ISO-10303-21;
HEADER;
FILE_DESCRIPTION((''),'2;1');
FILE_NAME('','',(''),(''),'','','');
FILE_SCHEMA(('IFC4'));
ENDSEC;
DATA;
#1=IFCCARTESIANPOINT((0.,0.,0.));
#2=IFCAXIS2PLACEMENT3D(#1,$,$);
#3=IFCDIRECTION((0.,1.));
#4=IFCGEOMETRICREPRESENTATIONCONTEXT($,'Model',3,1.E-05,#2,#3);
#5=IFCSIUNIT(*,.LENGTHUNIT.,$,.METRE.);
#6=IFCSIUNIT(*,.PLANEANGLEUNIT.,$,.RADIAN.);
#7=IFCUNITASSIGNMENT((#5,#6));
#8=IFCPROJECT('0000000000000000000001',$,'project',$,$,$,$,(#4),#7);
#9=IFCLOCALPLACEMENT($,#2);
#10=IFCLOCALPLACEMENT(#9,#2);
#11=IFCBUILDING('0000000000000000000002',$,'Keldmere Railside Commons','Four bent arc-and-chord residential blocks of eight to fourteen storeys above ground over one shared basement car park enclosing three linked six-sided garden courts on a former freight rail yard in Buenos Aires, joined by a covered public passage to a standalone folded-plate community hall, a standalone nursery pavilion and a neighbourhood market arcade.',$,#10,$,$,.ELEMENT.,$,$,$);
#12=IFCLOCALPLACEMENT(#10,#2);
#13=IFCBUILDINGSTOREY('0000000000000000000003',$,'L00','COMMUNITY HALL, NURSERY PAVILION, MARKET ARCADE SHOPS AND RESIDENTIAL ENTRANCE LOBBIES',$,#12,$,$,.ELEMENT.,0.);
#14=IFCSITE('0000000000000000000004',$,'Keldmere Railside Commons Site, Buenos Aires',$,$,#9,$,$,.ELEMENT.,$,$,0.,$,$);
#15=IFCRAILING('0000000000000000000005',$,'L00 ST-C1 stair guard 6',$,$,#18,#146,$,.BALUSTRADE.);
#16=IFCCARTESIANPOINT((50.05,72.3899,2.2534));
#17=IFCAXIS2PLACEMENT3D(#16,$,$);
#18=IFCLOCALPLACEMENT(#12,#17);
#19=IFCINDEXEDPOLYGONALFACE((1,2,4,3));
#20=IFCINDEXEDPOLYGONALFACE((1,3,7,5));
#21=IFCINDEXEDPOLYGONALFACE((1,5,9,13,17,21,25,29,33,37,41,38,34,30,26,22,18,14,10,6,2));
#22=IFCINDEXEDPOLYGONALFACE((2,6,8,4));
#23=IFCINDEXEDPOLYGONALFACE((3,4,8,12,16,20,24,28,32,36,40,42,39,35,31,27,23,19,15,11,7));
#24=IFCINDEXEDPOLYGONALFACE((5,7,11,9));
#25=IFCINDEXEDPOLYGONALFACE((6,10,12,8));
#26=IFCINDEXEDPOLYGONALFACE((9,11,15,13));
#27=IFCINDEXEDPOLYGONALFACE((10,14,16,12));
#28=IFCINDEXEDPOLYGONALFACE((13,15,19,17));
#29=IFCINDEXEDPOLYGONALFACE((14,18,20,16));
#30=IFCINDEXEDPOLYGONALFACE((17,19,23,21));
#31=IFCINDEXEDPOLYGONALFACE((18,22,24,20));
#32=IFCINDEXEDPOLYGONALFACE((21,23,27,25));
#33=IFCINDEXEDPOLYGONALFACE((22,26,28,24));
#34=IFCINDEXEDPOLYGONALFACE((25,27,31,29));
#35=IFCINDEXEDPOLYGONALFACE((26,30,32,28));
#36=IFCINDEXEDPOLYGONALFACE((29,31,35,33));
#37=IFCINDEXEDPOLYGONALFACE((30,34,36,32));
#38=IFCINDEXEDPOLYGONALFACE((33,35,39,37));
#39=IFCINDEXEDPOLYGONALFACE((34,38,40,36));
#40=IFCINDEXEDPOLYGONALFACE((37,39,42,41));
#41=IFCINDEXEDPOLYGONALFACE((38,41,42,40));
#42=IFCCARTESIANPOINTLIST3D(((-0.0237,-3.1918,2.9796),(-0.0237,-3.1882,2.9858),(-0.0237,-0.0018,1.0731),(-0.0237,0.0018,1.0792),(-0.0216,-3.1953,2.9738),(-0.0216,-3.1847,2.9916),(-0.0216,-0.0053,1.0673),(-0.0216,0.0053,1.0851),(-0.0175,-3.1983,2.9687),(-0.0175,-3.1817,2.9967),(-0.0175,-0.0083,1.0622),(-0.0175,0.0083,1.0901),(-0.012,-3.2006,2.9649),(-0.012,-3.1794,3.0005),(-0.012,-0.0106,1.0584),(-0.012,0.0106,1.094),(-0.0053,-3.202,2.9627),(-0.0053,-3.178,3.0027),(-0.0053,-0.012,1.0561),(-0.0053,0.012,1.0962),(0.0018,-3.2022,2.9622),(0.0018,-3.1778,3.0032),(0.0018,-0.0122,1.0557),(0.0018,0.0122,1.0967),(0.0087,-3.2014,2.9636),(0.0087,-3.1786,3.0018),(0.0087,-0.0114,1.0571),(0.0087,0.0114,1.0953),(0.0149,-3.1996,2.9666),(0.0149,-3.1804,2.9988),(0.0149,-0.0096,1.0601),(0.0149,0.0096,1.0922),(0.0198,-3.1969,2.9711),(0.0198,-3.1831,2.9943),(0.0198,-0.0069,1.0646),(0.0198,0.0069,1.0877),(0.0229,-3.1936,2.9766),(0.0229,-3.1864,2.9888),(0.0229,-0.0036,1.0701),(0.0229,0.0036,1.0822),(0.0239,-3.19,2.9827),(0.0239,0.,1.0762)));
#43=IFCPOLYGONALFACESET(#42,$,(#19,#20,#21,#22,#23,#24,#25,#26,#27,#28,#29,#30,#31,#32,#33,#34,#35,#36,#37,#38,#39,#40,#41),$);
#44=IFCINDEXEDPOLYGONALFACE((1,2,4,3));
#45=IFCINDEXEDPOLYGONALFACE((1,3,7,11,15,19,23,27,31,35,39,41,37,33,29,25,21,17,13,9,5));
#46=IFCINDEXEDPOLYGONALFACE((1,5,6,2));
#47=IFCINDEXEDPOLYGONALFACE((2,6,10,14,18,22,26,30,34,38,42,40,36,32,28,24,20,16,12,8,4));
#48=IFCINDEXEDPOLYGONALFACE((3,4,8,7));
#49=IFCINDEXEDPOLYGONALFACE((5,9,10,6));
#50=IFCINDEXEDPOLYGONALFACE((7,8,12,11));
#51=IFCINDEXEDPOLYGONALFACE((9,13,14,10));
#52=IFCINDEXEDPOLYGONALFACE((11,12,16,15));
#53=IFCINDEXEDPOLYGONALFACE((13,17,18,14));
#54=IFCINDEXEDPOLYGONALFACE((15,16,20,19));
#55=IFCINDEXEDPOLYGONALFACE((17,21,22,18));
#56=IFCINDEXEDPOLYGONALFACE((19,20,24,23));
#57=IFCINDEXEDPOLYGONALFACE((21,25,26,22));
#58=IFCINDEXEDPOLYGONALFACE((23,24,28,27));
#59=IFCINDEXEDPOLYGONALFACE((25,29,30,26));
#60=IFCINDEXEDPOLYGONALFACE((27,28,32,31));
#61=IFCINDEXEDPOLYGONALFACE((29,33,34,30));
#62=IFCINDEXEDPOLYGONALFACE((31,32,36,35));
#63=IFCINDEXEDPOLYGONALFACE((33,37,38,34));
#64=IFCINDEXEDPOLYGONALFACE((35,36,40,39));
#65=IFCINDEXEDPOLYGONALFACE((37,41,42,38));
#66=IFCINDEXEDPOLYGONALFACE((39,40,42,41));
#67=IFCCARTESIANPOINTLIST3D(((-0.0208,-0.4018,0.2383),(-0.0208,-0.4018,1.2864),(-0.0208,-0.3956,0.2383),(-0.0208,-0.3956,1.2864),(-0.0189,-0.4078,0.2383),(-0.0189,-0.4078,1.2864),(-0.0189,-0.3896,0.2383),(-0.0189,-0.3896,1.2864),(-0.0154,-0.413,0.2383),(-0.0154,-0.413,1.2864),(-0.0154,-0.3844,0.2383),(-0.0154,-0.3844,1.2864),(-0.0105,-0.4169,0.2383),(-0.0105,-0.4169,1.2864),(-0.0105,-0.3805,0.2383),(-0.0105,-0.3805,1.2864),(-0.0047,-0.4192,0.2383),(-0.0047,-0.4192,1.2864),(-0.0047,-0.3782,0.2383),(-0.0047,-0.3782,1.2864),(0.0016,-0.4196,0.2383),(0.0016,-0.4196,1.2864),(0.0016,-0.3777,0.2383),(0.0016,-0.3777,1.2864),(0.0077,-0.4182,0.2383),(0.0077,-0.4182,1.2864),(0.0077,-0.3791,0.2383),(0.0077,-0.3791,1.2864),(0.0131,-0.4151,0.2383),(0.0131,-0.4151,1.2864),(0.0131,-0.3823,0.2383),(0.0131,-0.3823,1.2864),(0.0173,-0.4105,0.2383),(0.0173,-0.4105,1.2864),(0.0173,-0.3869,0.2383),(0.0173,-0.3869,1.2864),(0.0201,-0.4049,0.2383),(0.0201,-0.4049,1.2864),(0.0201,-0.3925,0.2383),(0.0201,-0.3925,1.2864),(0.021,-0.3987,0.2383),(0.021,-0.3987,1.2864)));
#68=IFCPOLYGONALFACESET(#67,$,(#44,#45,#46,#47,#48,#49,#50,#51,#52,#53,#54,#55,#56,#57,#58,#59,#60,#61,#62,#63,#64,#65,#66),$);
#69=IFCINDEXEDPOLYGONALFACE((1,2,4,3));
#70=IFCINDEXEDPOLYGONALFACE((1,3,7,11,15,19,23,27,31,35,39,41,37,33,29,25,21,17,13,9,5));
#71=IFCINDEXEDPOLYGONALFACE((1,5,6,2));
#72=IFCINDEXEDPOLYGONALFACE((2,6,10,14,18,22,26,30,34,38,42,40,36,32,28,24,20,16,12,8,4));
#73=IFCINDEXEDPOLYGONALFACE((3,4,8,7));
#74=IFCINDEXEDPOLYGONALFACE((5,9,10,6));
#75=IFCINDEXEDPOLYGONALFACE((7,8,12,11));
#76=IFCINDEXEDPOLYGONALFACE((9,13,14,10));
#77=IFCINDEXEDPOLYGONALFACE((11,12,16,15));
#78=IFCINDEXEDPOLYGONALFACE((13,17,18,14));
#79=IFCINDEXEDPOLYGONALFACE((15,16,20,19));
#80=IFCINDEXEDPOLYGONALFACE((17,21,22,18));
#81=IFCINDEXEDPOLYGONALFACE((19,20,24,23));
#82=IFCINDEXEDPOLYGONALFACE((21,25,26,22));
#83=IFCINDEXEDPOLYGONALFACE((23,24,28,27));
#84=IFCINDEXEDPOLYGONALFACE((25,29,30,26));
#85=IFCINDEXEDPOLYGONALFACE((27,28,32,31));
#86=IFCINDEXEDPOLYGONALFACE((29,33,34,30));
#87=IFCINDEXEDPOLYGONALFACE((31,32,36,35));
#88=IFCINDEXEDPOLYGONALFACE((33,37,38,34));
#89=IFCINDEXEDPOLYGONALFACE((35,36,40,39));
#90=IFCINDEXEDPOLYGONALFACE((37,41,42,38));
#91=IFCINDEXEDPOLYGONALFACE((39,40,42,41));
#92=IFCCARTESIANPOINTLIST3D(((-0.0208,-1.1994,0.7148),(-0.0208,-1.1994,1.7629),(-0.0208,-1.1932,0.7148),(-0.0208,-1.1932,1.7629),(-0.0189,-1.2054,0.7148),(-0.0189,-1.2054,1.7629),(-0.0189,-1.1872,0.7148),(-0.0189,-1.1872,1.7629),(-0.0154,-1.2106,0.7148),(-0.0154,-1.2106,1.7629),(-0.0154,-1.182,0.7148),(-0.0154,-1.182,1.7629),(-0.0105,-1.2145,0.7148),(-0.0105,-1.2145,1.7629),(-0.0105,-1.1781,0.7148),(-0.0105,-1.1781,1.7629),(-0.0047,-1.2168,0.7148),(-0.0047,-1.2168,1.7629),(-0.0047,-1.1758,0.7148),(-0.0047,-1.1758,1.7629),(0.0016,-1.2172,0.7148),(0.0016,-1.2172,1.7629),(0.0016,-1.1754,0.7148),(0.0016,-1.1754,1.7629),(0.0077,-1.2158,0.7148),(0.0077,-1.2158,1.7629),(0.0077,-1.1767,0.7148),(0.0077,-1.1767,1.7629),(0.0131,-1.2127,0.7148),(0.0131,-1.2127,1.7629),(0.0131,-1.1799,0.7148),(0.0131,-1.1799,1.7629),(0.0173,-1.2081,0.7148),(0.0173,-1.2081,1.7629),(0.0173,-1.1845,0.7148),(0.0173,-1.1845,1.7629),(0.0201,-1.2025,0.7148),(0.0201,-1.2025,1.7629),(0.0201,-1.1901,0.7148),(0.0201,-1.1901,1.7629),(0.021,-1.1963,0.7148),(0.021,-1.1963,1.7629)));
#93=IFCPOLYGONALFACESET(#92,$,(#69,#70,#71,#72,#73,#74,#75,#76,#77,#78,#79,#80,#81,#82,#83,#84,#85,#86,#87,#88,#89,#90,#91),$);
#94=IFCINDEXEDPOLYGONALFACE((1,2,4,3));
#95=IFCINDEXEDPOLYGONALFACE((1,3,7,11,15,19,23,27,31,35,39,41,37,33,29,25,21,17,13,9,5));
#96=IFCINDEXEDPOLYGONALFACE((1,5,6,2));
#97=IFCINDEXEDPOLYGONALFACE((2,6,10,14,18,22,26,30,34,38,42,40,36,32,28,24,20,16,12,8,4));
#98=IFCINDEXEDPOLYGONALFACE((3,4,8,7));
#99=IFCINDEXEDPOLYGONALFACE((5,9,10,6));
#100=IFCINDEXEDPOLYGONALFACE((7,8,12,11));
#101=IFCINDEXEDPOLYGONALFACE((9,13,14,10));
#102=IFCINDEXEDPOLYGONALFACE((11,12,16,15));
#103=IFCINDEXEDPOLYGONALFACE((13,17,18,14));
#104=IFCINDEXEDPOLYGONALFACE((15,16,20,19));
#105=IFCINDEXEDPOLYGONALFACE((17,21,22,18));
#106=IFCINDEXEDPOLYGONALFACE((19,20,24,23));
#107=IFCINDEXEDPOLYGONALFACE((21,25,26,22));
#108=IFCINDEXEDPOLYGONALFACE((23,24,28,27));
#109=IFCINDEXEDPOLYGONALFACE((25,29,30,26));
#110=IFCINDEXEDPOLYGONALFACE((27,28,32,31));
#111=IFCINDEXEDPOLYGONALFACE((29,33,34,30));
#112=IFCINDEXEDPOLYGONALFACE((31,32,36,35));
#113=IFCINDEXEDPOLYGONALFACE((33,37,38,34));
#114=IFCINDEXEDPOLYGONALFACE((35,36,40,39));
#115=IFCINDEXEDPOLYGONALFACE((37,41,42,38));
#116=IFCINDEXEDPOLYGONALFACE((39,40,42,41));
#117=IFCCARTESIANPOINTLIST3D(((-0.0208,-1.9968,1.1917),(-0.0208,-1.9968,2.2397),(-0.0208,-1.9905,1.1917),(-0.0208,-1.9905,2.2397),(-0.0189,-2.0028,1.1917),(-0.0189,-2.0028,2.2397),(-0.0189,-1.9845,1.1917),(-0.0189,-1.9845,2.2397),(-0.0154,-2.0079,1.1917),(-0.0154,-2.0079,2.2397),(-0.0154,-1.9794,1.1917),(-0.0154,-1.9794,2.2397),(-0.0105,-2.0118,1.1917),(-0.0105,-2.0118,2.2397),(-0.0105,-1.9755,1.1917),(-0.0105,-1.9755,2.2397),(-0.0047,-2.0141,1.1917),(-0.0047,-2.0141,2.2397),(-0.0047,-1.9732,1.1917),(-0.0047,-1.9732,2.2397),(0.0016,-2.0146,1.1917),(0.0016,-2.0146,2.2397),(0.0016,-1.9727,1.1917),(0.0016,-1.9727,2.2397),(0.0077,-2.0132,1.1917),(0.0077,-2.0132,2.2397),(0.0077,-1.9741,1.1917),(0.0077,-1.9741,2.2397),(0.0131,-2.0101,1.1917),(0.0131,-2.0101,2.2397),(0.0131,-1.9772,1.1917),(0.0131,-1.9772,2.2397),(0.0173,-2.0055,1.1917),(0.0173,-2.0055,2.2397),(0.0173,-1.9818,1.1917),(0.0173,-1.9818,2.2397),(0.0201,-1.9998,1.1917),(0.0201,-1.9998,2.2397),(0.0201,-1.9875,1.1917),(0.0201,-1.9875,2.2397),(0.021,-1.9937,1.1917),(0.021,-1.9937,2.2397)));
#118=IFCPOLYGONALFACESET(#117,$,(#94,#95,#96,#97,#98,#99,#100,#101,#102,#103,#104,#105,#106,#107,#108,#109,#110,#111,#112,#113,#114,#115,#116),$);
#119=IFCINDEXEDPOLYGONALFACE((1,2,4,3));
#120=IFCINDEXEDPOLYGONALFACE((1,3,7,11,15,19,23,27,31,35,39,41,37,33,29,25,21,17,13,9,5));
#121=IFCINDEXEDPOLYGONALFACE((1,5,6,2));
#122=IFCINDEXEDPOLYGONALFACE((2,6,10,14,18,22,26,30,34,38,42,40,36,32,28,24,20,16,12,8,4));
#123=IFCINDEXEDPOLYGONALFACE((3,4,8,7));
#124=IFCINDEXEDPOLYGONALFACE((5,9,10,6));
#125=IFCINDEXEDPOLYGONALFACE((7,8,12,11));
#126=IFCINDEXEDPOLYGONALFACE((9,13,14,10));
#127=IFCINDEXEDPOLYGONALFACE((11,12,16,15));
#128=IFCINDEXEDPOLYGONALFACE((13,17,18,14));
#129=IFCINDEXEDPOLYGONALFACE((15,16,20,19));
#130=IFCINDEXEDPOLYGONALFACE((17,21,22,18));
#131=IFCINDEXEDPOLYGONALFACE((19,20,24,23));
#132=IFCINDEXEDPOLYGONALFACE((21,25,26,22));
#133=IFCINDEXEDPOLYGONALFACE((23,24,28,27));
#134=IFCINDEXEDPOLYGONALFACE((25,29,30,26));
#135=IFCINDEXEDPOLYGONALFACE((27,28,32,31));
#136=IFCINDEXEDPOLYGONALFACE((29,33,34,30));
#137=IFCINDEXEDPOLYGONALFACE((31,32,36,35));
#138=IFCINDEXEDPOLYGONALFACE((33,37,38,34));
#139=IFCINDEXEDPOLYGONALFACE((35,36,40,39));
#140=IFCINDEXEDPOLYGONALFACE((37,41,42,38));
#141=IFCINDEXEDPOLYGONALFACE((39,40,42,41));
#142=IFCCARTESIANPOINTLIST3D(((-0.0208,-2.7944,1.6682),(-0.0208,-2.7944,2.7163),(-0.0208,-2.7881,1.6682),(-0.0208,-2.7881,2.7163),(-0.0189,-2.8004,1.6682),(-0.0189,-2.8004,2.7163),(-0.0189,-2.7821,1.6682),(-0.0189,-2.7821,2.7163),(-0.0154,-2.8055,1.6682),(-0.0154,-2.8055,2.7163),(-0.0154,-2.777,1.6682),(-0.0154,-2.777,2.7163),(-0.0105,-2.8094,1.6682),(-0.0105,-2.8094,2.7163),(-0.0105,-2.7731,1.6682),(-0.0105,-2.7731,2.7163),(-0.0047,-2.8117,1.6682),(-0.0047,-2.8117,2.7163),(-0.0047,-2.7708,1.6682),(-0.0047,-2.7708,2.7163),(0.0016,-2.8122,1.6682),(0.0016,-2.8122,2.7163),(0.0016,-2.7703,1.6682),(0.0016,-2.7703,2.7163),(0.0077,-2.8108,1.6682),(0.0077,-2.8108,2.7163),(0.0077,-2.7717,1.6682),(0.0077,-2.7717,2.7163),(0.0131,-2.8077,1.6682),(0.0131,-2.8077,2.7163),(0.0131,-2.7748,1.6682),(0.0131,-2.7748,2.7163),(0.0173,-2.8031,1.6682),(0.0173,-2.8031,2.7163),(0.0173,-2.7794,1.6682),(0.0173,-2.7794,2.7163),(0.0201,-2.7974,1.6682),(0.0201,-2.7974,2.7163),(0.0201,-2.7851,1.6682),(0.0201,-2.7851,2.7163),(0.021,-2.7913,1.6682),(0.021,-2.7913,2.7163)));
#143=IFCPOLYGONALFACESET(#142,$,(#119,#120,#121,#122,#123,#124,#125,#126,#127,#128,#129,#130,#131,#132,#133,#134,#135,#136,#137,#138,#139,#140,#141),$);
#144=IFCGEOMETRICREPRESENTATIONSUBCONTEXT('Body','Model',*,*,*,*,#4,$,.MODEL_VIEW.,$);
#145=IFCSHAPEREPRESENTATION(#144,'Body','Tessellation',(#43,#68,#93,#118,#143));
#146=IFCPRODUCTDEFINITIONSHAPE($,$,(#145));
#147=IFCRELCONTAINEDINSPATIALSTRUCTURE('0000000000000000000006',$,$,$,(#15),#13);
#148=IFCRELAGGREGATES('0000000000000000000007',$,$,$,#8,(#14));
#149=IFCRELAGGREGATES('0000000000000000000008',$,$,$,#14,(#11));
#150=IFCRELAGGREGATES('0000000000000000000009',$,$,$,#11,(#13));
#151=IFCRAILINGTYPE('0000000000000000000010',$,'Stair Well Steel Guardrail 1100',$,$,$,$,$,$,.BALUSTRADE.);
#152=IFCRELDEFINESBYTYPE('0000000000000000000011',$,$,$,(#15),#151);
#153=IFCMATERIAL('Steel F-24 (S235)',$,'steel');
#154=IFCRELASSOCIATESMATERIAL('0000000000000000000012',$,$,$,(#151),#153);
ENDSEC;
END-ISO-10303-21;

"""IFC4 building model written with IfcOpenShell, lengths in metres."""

from ifc_helpers import new_model, si_unit, direction, frame, origin, origin_2d, place, context, subcontext, project, spatial, circle, extrude, material, type_object, element, save


model = new_model("IFC4")

# Units and contexts
model_context = context("Model", 3, precision=1e-05, world=origin(), true_north=direction((0.0, 1.0)))
body_context = subcontext(model_context, "Body", "Model", "MODEL_VIEW")
ifc_project = project(units=[si_unit("LENGTHUNIT", "METRE"), si_unit("PLANEANGLEUNIT", "RADIAN")], contexts=[model_context])

# Site, building, storey
site_placement = place(None, origin())
site = spatial("IfcSite", under=ifc_project, at=site_placement, Name="Keldmere Railside Commons Site, Buenos Aires", CompositionType="ELEMENT", RefElevation=0.0)
building_placement = place(site_placement, origin())
building = spatial("IfcBuilding", under=site, at=building_placement, Name="Keldmere Railside Commons", Description="Four bent arc-and-chord residential blocks of eight to fourteen storeys above ground over one shared basement car park enclosing three linked six-sided garden courts on a former freight rail yard in Buenos Aires, joined by a covered public passage to a standalone folded-plate community hall, a standalone nursery pavilion and a neighbourhood market arcade.", CompositionType="ELEMENT")
storey_placement = place(building_placement, origin())
storey = spatial("IfcBuildingStorey", under=building, at=storey_placement, Name="L00", Description="COMMUNITY HALL, NURSERY PAVILION, MARKET ARCADE SHOPS AND RESIDENTIAL ENTRANCE LOBBIES", CompositionType="ELEMENT", Elevation=0.0)

# Shared definitions
ifc_material_1 = material(Name="Steel F-24 (S235)", Category="steel")

# Railing
railing_type_1 = type_object("IfcRailingType", Name="Stair Well Steel Guardrail 1100", PredefinedType="BALUSTRADE", material=ifc_material_1)
railing_1_placement = place(storey_placement, frame((50.05, 72.3899, 2.2534)))
element("IfcRailing", 1, at=railing_1_placement, inside=storey, type_object=railing_type_1, Name="L00 ST-C1 stair guard 6", PredefinedType="BALUSTRADE", context=body_context, shape_type="SweptSolid", body=[
    extrude(circle(Radius=0.0239, at=origin_2d()), frame((0.0, 0.0, 1.0762), z_axis=(0.0, -0.858379, 0.513017), x_axis=(1.0, 0.0, 0.0)), (0.0, 0.0, 1.0), 3.7163),
    extrude(circle(Radius=0.021, at=origin_2d()), frame((0.0, -0.3987, 0.2383)), (0.0, 0.0, 1.0), 1.0481),
    extrude(circle(Radius=0.021, at=origin_2d()), frame((0.0, -1.1963, 0.7148)), (0.0, 0.0, 1.0), 1.0481),
    extrude(circle(Radius=0.021, at=origin_2d()), frame((0.0, -1.9937, 1.1917)), (0.0, 0.0, 1.0), 1.0481),
    extrude(circle(Radius=0.021, at=origin_2d()), frame((0.0, -2.7913, 1.6682)), (0.0, 0.0, 1.0), 1.0481),
])

save(model, "model.ifc")
